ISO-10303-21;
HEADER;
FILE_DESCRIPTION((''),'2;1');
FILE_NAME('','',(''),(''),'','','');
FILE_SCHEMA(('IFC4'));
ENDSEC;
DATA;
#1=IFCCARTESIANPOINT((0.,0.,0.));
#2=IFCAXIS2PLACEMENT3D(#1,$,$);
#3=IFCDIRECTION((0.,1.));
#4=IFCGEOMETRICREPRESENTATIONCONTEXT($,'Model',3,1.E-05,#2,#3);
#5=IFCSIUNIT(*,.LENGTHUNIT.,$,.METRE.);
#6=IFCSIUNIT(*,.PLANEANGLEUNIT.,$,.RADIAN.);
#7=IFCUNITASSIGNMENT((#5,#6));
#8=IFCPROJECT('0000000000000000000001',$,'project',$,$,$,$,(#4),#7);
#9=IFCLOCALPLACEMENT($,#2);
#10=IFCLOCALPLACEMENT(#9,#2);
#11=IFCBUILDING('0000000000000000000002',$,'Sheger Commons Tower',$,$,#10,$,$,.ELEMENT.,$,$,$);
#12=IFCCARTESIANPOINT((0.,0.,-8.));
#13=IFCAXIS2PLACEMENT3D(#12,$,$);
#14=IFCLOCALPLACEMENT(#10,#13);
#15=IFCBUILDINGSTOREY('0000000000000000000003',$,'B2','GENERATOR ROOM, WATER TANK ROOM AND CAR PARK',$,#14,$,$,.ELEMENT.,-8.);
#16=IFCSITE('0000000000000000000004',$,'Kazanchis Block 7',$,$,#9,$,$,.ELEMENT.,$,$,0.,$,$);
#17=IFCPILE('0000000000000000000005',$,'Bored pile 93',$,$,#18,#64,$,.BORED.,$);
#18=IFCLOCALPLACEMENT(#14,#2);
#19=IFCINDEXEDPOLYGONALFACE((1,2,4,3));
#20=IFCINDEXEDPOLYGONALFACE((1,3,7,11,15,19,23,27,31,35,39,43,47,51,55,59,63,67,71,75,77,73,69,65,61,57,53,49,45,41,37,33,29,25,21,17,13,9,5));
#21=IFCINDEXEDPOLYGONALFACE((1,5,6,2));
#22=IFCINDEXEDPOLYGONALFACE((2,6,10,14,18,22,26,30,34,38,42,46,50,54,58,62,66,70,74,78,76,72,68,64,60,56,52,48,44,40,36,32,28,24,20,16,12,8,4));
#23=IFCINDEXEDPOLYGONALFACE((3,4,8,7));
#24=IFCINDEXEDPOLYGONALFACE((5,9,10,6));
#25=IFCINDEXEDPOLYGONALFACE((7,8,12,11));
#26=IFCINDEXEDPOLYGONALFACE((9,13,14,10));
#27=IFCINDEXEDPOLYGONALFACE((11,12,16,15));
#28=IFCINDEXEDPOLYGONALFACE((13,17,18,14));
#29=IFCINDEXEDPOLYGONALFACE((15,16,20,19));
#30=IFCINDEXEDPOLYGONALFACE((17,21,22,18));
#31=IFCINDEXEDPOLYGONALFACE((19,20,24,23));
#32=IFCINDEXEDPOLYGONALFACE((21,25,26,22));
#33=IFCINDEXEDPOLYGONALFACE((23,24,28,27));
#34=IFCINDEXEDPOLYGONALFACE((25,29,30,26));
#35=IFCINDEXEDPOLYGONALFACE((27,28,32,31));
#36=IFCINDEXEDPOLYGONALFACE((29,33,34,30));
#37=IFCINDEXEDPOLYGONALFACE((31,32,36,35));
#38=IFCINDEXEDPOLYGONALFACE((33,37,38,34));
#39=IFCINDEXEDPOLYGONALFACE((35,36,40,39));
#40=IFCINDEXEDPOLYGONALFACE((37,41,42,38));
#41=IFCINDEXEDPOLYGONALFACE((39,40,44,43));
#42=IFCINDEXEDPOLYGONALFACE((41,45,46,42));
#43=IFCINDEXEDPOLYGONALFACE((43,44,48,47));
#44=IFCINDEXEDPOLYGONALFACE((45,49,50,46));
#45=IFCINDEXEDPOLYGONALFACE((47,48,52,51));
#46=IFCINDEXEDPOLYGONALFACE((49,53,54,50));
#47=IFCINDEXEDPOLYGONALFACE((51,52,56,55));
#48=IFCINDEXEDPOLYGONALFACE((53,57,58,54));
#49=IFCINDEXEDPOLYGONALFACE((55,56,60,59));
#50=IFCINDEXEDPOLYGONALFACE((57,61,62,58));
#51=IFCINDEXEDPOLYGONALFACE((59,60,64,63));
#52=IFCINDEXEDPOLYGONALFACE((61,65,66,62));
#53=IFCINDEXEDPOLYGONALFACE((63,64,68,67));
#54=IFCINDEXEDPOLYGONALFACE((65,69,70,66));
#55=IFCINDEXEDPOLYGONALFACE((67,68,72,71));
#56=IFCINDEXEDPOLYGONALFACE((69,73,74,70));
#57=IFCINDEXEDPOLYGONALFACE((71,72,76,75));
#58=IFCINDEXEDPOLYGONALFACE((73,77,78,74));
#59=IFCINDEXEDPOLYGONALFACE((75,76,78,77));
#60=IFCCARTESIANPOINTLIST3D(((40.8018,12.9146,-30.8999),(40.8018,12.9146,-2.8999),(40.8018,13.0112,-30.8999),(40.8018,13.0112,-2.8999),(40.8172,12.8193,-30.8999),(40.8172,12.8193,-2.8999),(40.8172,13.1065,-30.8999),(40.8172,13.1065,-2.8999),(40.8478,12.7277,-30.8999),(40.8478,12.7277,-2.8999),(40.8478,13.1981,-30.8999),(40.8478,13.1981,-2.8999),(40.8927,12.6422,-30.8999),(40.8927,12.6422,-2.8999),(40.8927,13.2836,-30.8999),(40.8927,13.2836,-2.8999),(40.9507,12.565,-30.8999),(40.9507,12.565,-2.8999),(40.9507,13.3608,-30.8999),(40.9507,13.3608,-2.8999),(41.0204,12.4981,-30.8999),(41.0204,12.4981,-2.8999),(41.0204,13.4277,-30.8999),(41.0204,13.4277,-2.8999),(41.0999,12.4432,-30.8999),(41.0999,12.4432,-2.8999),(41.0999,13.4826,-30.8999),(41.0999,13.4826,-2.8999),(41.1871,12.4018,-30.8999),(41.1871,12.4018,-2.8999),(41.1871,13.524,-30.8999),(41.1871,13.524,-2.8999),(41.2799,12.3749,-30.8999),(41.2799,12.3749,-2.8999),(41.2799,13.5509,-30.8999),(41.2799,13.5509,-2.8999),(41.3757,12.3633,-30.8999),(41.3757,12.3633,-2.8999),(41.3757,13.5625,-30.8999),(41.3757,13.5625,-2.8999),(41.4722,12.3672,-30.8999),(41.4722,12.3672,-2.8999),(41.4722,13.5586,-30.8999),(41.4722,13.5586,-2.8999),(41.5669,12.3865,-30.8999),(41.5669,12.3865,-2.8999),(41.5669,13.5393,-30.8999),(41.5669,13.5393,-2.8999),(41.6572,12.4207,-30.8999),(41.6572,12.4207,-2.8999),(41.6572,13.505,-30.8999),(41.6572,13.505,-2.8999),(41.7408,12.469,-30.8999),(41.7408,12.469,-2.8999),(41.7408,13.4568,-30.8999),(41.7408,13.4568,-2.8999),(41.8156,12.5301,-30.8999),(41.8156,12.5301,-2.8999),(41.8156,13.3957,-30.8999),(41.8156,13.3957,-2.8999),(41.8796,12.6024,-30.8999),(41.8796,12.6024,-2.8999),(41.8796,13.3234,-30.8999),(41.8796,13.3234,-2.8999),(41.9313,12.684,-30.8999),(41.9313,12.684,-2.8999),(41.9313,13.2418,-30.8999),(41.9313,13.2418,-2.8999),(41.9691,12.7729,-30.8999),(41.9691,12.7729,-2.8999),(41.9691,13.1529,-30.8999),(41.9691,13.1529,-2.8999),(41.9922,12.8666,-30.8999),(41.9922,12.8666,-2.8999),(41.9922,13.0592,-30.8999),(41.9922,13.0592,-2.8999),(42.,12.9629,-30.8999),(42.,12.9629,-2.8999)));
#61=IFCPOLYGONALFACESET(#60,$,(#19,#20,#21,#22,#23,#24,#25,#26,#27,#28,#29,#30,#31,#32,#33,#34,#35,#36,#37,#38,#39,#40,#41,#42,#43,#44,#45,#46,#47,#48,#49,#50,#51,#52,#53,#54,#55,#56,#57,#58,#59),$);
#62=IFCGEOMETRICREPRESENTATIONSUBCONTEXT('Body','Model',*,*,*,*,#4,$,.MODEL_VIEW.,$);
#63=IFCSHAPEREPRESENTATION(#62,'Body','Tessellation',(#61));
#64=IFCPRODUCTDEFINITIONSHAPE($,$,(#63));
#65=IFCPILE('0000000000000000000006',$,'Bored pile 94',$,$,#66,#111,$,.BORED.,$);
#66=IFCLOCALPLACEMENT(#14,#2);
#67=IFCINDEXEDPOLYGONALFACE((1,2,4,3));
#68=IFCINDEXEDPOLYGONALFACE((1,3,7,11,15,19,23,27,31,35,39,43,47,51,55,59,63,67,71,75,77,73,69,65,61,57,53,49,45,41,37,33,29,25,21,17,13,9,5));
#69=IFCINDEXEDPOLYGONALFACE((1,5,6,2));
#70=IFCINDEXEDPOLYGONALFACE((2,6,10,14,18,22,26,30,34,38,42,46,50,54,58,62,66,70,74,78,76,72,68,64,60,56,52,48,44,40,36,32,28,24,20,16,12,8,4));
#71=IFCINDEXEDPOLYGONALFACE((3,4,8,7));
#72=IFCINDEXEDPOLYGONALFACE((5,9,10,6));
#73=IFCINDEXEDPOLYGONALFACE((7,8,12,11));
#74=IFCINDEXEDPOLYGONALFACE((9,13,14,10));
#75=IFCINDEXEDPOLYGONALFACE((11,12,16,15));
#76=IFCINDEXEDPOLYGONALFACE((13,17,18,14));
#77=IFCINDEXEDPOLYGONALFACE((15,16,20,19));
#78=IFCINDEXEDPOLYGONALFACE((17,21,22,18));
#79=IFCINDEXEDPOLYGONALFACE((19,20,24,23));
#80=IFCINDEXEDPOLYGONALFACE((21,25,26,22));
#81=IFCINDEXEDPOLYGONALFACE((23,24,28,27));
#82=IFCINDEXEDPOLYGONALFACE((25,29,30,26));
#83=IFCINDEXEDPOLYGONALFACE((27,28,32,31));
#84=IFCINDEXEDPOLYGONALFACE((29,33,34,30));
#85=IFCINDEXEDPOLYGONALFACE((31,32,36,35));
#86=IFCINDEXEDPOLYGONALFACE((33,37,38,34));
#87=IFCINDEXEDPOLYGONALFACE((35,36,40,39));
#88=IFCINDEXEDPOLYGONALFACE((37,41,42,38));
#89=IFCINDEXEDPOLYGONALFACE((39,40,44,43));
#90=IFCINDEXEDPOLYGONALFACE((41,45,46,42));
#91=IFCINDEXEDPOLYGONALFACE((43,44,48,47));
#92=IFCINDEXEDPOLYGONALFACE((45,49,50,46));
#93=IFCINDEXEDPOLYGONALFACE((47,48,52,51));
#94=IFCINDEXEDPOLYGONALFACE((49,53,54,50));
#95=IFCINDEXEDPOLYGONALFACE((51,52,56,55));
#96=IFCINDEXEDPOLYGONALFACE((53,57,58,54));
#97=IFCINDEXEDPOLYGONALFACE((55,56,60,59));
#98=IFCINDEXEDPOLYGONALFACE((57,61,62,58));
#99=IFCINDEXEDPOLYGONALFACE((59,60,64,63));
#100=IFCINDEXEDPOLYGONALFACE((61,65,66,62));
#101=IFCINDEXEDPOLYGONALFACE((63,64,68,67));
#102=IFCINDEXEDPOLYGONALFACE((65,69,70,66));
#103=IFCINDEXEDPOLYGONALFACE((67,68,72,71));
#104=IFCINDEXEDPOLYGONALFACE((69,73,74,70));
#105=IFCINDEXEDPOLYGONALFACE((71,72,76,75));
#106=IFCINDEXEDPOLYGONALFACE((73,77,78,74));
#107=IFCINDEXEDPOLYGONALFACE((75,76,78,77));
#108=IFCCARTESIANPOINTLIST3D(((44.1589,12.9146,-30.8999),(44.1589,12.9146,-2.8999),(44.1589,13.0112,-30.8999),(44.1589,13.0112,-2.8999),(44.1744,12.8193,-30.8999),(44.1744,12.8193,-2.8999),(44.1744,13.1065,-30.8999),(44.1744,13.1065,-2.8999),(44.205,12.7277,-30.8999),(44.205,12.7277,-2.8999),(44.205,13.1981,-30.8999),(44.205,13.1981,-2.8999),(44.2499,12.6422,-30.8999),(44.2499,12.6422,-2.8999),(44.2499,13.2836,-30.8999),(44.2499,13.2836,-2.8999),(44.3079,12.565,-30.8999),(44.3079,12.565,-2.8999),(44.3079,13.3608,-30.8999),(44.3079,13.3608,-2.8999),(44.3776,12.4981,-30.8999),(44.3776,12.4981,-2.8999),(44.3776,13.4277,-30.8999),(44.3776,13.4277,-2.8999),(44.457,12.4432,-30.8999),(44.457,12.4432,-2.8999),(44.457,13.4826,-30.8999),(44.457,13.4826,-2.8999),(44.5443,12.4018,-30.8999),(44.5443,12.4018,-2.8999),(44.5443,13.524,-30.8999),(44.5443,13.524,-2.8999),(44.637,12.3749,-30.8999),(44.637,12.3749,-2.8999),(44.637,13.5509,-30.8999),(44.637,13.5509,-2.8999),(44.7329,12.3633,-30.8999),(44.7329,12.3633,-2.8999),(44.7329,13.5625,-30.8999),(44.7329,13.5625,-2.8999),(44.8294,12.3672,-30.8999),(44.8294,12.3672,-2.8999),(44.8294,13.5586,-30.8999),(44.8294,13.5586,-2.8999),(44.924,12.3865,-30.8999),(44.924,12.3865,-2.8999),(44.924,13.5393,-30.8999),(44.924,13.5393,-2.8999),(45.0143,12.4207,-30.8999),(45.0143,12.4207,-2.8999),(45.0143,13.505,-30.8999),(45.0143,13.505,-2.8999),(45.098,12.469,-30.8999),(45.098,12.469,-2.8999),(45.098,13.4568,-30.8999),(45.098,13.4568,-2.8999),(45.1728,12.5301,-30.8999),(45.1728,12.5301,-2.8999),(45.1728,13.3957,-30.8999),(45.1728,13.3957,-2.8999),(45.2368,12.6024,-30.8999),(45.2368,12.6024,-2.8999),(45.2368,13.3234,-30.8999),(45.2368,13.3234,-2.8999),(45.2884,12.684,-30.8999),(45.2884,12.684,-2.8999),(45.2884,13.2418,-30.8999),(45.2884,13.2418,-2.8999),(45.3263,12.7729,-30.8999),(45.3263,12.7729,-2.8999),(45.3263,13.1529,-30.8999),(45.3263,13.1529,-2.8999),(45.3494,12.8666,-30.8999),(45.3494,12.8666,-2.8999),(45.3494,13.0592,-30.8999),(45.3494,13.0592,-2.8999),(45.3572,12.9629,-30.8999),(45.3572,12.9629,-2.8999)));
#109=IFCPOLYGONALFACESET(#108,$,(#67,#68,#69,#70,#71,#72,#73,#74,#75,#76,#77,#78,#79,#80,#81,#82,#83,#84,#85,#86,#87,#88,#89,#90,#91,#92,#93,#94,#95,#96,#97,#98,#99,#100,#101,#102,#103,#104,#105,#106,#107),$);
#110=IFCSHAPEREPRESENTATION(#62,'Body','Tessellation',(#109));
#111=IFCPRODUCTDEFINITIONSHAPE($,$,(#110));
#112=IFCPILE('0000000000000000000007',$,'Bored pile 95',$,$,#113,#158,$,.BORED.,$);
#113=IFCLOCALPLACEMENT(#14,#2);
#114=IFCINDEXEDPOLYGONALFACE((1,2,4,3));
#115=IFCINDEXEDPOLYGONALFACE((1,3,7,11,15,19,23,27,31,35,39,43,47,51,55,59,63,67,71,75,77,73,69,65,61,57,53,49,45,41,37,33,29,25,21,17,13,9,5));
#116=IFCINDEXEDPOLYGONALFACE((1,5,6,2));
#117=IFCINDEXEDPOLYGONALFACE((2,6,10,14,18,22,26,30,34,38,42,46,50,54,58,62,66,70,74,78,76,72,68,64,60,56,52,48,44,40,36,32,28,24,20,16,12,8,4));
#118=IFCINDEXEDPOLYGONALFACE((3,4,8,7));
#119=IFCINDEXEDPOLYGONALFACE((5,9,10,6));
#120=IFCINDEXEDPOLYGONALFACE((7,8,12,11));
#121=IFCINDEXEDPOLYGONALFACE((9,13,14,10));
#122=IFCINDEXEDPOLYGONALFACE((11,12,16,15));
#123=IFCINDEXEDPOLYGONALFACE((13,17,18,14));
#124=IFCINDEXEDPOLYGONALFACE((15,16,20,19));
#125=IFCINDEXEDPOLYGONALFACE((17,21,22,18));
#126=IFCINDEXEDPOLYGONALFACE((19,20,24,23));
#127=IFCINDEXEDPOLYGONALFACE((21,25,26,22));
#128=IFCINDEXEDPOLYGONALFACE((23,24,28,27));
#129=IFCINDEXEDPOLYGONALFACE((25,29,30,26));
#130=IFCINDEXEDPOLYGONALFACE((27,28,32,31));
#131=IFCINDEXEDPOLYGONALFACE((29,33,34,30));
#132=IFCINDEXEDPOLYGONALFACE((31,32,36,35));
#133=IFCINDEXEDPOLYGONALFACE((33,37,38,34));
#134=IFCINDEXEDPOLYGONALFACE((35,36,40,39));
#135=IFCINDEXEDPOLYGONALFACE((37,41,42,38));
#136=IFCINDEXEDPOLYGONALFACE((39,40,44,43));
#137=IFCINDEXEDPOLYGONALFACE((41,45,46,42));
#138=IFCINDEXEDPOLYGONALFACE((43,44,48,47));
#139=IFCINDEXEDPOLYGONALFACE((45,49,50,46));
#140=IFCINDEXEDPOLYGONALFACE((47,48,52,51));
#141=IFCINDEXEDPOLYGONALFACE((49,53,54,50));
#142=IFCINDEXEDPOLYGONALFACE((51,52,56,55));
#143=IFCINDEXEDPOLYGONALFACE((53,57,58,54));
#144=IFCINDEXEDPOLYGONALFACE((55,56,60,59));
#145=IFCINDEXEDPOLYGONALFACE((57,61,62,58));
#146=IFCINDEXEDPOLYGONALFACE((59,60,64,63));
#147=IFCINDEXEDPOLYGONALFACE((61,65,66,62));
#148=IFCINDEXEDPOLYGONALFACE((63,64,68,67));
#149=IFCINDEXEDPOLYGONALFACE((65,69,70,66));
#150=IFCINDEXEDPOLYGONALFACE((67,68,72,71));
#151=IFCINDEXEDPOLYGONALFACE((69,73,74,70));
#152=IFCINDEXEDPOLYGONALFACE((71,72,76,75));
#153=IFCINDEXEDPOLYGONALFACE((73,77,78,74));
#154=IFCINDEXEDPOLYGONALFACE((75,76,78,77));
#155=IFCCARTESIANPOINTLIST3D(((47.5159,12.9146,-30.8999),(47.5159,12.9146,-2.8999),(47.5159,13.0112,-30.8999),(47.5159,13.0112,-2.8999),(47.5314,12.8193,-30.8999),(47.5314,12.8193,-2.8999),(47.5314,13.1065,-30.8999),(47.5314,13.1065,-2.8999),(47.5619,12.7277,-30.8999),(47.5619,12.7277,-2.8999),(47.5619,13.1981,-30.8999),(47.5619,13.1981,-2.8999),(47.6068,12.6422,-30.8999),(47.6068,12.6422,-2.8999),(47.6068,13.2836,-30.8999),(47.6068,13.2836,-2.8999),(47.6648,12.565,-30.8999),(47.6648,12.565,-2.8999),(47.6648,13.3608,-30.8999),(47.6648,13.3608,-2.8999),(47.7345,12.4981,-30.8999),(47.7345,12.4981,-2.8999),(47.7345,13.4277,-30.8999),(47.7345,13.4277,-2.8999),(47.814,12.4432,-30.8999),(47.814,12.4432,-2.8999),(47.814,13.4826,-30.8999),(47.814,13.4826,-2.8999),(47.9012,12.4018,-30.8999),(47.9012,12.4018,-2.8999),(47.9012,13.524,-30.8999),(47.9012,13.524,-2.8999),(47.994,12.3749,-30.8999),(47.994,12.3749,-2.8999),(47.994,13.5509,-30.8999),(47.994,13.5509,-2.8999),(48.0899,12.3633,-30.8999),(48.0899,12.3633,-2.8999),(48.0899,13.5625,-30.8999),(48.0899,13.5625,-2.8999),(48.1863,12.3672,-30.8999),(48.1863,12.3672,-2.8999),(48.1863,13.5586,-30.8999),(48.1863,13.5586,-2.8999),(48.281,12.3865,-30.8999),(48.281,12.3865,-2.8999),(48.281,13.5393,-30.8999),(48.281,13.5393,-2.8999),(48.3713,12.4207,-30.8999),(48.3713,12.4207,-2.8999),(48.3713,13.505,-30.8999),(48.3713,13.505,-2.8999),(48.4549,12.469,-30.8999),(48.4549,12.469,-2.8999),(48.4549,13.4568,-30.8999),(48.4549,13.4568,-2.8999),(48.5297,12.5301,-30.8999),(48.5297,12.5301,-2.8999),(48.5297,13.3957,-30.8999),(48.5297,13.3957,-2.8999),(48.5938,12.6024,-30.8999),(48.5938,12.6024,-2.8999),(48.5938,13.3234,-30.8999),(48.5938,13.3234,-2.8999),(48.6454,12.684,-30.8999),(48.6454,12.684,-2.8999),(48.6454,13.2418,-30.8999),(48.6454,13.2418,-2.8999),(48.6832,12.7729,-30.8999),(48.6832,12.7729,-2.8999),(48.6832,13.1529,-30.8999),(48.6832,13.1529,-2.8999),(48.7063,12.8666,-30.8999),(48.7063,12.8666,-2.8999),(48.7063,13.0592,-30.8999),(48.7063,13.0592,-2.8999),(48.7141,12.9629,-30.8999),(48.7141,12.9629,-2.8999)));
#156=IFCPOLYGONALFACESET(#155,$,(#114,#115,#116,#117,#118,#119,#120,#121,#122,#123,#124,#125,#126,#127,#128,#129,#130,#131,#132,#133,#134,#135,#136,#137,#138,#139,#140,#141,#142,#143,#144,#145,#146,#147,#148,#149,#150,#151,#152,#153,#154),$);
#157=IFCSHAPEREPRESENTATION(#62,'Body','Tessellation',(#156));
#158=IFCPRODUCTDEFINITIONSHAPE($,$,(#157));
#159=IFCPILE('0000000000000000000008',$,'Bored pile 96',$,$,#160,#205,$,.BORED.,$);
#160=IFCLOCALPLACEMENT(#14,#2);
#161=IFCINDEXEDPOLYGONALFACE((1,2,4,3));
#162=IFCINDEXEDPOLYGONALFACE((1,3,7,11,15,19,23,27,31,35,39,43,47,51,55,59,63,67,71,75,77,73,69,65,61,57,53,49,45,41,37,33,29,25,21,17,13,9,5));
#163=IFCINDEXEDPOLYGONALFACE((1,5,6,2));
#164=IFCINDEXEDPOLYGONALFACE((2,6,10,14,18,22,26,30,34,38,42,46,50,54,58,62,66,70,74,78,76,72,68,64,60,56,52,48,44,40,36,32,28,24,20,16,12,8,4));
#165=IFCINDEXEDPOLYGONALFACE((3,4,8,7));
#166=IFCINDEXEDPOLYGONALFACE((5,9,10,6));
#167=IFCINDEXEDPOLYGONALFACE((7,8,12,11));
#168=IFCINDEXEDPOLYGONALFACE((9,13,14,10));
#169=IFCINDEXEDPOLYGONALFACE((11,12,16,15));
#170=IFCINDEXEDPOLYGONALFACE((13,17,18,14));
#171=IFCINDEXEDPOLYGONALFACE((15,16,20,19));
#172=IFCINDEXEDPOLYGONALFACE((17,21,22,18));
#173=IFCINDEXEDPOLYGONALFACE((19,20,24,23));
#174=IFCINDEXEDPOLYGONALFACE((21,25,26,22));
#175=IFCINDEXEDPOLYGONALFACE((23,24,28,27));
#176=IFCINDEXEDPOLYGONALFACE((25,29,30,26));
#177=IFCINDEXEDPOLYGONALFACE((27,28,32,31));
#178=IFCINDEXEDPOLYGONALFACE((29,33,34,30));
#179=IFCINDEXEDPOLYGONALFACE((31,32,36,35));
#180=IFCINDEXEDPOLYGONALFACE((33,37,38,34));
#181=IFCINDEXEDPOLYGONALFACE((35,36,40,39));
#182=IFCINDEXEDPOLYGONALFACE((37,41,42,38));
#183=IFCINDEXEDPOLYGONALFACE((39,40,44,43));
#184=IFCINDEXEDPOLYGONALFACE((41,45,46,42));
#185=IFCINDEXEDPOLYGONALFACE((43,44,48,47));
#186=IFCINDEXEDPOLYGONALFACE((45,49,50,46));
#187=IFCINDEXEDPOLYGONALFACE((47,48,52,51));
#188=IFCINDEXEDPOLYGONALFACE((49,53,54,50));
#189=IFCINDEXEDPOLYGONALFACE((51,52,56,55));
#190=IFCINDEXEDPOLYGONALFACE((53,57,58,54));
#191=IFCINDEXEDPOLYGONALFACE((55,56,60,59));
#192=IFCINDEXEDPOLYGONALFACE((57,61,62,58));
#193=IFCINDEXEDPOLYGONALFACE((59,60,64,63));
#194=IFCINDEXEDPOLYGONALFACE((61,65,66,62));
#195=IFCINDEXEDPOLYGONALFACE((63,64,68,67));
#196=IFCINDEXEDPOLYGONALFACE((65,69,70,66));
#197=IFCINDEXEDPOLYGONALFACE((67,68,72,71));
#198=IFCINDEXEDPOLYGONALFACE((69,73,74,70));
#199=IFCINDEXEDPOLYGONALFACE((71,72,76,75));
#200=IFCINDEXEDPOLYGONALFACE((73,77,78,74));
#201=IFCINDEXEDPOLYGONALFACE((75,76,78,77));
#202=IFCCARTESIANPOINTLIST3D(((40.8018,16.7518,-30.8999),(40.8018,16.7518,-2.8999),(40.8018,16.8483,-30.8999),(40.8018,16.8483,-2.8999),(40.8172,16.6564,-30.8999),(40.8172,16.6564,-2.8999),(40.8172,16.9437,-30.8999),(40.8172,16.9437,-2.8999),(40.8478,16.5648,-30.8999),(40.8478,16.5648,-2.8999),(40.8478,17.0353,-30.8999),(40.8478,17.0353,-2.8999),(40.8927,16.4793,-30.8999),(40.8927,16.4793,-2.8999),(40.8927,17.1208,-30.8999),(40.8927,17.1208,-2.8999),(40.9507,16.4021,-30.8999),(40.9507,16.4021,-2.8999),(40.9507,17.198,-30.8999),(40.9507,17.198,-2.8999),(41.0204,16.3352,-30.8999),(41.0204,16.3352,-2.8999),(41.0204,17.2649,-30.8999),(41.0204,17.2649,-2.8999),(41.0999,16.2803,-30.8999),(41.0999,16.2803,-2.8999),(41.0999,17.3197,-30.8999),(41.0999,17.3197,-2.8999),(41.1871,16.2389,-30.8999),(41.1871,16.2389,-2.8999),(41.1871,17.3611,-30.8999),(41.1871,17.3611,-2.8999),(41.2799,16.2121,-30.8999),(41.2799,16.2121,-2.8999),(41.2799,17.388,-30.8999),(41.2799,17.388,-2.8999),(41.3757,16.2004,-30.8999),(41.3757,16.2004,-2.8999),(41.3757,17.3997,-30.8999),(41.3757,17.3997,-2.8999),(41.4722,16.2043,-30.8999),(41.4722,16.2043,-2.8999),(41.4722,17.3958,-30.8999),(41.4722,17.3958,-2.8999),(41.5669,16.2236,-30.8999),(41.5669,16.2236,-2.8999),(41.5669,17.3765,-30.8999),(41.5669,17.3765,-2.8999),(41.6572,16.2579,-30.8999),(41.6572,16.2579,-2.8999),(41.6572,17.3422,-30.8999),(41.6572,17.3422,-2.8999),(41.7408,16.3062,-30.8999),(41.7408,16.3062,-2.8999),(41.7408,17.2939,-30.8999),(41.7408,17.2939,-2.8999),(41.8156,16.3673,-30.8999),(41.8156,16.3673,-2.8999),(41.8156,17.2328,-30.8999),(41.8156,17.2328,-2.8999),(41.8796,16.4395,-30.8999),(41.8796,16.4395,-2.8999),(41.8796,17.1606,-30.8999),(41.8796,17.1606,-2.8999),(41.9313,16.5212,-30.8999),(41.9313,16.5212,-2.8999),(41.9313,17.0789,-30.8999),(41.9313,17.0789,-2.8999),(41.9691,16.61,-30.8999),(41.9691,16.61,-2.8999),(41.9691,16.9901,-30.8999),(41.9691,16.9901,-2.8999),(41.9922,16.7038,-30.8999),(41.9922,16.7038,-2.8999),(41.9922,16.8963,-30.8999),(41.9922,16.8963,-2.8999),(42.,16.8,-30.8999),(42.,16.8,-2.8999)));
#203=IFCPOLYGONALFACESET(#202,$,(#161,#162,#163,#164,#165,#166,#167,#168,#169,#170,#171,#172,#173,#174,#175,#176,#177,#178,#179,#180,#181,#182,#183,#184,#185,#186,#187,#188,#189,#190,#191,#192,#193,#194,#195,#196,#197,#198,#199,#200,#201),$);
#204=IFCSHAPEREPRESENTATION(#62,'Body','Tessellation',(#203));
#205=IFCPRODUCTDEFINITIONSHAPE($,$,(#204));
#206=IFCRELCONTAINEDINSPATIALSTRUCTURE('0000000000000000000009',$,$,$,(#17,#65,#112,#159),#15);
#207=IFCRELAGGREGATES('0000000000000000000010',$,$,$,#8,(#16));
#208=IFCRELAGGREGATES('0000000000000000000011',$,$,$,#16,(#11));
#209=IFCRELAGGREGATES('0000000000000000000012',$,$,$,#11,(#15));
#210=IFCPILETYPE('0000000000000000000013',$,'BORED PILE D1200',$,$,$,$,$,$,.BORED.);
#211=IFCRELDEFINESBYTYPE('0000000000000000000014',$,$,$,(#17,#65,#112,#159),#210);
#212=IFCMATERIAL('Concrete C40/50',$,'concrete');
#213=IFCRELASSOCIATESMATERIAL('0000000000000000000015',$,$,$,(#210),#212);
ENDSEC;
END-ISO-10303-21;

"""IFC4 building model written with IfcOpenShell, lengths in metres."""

from ifc_helpers import new_model, si_unit, direction, frame, origin, origin_2d, place, context, subcontext, project, spatial, circle, extrude, material, material_profile, profile_set, type_object, element, save


model = new_model("IFC4")

# Units and contexts
model_context = context("Model", 3, precision=1e-05, world=origin(), true_north=direction((0.0, 1.0)))
body_context = subcontext(model_context, "Body", "Model", "MODEL_VIEW")
ifc_project = project(units=[si_unit("LENGTHUNIT", "METRE"), si_unit("PLANEANGLEUNIT", "RADIAN")], contexts=[model_context])

# Site, building, storey
site_placement = place(None, origin())
site = spatial("IfcSite", under=ifc_project, at=site_placement, Name="Kazanchis Block 7", CompositionType="ELEMENT", RefElevation=0.0)
building_placement = place(site_placement, origin())
building = spatial("IfcBuilding", under=site, at=building_placement, Name="Sheger Commons Tower", CompositionType="ELEMENT")
storey_placement = place(building_placement, frame((0.0, 0.0, -8.0)))
storey = spatial("IfcBuildingStorey", under=building, at=storey_placement, Name="B2", Description="GENERATOR ROOM, WATER TANK ROOM AND CAR PARK", CompositionType="ELEMENT", Elevation=-8.0)

# Piles
ifc_material_1 = material(Name="Concrete C40/50", Category="concrete")
ifc_material_profile_1 = material_profile(ifc_material_1, circle(Radius=0.6001, at=origin_2d()), Name="PILE D1200")
ifc_profile_set_1 = profile_set([ifc_material_profile_1], Name="Concrete C40/50")
pile_type = type_object("IfcPileType", Name="BORED PILE D1200", PredefinedType="BORED", material=ifc_profile_set_1)
for number, where, z_axis, x_axis, name in (
    (1, (41.3999, 12.9629, -2.8999), (0.0, 0.0, -1.0), (1.0, 0.0, 0.0), "Bored pile 93"),
    (2, (44.7571, 12.9629, -2.8999), (0.0, 0.0, -1.0), (1.0, 0.0, 0.0), "Bored pile 94"),
    (3, (48.114, 12.9629, -2.8999), (0.0, 0.0, -1.0), (1.0, 0.0, 0.0), "Bored pile 95"),
    (4, (41.3999, 16.8, -2.8999), (0.0, 0.0, -1.0), (1.0, 0.0, 0.0), "Bored pile 96"),
):
    element("IfcPile", number, at=place(storey_placement, frame(where, z_axis=z_axis, x_axis=x_axis)), inside=storey, type_object=pile_type, Name=name, PredefinedType="BORED", context=body_context, shape_type="SweptSolid", body=[
        extrude(circle(Radius=0.6001, at=origin_2d()), origin(), (0.0, 0.0, 1.0), 28.0),
    ])

save(model, "model.ifc")
